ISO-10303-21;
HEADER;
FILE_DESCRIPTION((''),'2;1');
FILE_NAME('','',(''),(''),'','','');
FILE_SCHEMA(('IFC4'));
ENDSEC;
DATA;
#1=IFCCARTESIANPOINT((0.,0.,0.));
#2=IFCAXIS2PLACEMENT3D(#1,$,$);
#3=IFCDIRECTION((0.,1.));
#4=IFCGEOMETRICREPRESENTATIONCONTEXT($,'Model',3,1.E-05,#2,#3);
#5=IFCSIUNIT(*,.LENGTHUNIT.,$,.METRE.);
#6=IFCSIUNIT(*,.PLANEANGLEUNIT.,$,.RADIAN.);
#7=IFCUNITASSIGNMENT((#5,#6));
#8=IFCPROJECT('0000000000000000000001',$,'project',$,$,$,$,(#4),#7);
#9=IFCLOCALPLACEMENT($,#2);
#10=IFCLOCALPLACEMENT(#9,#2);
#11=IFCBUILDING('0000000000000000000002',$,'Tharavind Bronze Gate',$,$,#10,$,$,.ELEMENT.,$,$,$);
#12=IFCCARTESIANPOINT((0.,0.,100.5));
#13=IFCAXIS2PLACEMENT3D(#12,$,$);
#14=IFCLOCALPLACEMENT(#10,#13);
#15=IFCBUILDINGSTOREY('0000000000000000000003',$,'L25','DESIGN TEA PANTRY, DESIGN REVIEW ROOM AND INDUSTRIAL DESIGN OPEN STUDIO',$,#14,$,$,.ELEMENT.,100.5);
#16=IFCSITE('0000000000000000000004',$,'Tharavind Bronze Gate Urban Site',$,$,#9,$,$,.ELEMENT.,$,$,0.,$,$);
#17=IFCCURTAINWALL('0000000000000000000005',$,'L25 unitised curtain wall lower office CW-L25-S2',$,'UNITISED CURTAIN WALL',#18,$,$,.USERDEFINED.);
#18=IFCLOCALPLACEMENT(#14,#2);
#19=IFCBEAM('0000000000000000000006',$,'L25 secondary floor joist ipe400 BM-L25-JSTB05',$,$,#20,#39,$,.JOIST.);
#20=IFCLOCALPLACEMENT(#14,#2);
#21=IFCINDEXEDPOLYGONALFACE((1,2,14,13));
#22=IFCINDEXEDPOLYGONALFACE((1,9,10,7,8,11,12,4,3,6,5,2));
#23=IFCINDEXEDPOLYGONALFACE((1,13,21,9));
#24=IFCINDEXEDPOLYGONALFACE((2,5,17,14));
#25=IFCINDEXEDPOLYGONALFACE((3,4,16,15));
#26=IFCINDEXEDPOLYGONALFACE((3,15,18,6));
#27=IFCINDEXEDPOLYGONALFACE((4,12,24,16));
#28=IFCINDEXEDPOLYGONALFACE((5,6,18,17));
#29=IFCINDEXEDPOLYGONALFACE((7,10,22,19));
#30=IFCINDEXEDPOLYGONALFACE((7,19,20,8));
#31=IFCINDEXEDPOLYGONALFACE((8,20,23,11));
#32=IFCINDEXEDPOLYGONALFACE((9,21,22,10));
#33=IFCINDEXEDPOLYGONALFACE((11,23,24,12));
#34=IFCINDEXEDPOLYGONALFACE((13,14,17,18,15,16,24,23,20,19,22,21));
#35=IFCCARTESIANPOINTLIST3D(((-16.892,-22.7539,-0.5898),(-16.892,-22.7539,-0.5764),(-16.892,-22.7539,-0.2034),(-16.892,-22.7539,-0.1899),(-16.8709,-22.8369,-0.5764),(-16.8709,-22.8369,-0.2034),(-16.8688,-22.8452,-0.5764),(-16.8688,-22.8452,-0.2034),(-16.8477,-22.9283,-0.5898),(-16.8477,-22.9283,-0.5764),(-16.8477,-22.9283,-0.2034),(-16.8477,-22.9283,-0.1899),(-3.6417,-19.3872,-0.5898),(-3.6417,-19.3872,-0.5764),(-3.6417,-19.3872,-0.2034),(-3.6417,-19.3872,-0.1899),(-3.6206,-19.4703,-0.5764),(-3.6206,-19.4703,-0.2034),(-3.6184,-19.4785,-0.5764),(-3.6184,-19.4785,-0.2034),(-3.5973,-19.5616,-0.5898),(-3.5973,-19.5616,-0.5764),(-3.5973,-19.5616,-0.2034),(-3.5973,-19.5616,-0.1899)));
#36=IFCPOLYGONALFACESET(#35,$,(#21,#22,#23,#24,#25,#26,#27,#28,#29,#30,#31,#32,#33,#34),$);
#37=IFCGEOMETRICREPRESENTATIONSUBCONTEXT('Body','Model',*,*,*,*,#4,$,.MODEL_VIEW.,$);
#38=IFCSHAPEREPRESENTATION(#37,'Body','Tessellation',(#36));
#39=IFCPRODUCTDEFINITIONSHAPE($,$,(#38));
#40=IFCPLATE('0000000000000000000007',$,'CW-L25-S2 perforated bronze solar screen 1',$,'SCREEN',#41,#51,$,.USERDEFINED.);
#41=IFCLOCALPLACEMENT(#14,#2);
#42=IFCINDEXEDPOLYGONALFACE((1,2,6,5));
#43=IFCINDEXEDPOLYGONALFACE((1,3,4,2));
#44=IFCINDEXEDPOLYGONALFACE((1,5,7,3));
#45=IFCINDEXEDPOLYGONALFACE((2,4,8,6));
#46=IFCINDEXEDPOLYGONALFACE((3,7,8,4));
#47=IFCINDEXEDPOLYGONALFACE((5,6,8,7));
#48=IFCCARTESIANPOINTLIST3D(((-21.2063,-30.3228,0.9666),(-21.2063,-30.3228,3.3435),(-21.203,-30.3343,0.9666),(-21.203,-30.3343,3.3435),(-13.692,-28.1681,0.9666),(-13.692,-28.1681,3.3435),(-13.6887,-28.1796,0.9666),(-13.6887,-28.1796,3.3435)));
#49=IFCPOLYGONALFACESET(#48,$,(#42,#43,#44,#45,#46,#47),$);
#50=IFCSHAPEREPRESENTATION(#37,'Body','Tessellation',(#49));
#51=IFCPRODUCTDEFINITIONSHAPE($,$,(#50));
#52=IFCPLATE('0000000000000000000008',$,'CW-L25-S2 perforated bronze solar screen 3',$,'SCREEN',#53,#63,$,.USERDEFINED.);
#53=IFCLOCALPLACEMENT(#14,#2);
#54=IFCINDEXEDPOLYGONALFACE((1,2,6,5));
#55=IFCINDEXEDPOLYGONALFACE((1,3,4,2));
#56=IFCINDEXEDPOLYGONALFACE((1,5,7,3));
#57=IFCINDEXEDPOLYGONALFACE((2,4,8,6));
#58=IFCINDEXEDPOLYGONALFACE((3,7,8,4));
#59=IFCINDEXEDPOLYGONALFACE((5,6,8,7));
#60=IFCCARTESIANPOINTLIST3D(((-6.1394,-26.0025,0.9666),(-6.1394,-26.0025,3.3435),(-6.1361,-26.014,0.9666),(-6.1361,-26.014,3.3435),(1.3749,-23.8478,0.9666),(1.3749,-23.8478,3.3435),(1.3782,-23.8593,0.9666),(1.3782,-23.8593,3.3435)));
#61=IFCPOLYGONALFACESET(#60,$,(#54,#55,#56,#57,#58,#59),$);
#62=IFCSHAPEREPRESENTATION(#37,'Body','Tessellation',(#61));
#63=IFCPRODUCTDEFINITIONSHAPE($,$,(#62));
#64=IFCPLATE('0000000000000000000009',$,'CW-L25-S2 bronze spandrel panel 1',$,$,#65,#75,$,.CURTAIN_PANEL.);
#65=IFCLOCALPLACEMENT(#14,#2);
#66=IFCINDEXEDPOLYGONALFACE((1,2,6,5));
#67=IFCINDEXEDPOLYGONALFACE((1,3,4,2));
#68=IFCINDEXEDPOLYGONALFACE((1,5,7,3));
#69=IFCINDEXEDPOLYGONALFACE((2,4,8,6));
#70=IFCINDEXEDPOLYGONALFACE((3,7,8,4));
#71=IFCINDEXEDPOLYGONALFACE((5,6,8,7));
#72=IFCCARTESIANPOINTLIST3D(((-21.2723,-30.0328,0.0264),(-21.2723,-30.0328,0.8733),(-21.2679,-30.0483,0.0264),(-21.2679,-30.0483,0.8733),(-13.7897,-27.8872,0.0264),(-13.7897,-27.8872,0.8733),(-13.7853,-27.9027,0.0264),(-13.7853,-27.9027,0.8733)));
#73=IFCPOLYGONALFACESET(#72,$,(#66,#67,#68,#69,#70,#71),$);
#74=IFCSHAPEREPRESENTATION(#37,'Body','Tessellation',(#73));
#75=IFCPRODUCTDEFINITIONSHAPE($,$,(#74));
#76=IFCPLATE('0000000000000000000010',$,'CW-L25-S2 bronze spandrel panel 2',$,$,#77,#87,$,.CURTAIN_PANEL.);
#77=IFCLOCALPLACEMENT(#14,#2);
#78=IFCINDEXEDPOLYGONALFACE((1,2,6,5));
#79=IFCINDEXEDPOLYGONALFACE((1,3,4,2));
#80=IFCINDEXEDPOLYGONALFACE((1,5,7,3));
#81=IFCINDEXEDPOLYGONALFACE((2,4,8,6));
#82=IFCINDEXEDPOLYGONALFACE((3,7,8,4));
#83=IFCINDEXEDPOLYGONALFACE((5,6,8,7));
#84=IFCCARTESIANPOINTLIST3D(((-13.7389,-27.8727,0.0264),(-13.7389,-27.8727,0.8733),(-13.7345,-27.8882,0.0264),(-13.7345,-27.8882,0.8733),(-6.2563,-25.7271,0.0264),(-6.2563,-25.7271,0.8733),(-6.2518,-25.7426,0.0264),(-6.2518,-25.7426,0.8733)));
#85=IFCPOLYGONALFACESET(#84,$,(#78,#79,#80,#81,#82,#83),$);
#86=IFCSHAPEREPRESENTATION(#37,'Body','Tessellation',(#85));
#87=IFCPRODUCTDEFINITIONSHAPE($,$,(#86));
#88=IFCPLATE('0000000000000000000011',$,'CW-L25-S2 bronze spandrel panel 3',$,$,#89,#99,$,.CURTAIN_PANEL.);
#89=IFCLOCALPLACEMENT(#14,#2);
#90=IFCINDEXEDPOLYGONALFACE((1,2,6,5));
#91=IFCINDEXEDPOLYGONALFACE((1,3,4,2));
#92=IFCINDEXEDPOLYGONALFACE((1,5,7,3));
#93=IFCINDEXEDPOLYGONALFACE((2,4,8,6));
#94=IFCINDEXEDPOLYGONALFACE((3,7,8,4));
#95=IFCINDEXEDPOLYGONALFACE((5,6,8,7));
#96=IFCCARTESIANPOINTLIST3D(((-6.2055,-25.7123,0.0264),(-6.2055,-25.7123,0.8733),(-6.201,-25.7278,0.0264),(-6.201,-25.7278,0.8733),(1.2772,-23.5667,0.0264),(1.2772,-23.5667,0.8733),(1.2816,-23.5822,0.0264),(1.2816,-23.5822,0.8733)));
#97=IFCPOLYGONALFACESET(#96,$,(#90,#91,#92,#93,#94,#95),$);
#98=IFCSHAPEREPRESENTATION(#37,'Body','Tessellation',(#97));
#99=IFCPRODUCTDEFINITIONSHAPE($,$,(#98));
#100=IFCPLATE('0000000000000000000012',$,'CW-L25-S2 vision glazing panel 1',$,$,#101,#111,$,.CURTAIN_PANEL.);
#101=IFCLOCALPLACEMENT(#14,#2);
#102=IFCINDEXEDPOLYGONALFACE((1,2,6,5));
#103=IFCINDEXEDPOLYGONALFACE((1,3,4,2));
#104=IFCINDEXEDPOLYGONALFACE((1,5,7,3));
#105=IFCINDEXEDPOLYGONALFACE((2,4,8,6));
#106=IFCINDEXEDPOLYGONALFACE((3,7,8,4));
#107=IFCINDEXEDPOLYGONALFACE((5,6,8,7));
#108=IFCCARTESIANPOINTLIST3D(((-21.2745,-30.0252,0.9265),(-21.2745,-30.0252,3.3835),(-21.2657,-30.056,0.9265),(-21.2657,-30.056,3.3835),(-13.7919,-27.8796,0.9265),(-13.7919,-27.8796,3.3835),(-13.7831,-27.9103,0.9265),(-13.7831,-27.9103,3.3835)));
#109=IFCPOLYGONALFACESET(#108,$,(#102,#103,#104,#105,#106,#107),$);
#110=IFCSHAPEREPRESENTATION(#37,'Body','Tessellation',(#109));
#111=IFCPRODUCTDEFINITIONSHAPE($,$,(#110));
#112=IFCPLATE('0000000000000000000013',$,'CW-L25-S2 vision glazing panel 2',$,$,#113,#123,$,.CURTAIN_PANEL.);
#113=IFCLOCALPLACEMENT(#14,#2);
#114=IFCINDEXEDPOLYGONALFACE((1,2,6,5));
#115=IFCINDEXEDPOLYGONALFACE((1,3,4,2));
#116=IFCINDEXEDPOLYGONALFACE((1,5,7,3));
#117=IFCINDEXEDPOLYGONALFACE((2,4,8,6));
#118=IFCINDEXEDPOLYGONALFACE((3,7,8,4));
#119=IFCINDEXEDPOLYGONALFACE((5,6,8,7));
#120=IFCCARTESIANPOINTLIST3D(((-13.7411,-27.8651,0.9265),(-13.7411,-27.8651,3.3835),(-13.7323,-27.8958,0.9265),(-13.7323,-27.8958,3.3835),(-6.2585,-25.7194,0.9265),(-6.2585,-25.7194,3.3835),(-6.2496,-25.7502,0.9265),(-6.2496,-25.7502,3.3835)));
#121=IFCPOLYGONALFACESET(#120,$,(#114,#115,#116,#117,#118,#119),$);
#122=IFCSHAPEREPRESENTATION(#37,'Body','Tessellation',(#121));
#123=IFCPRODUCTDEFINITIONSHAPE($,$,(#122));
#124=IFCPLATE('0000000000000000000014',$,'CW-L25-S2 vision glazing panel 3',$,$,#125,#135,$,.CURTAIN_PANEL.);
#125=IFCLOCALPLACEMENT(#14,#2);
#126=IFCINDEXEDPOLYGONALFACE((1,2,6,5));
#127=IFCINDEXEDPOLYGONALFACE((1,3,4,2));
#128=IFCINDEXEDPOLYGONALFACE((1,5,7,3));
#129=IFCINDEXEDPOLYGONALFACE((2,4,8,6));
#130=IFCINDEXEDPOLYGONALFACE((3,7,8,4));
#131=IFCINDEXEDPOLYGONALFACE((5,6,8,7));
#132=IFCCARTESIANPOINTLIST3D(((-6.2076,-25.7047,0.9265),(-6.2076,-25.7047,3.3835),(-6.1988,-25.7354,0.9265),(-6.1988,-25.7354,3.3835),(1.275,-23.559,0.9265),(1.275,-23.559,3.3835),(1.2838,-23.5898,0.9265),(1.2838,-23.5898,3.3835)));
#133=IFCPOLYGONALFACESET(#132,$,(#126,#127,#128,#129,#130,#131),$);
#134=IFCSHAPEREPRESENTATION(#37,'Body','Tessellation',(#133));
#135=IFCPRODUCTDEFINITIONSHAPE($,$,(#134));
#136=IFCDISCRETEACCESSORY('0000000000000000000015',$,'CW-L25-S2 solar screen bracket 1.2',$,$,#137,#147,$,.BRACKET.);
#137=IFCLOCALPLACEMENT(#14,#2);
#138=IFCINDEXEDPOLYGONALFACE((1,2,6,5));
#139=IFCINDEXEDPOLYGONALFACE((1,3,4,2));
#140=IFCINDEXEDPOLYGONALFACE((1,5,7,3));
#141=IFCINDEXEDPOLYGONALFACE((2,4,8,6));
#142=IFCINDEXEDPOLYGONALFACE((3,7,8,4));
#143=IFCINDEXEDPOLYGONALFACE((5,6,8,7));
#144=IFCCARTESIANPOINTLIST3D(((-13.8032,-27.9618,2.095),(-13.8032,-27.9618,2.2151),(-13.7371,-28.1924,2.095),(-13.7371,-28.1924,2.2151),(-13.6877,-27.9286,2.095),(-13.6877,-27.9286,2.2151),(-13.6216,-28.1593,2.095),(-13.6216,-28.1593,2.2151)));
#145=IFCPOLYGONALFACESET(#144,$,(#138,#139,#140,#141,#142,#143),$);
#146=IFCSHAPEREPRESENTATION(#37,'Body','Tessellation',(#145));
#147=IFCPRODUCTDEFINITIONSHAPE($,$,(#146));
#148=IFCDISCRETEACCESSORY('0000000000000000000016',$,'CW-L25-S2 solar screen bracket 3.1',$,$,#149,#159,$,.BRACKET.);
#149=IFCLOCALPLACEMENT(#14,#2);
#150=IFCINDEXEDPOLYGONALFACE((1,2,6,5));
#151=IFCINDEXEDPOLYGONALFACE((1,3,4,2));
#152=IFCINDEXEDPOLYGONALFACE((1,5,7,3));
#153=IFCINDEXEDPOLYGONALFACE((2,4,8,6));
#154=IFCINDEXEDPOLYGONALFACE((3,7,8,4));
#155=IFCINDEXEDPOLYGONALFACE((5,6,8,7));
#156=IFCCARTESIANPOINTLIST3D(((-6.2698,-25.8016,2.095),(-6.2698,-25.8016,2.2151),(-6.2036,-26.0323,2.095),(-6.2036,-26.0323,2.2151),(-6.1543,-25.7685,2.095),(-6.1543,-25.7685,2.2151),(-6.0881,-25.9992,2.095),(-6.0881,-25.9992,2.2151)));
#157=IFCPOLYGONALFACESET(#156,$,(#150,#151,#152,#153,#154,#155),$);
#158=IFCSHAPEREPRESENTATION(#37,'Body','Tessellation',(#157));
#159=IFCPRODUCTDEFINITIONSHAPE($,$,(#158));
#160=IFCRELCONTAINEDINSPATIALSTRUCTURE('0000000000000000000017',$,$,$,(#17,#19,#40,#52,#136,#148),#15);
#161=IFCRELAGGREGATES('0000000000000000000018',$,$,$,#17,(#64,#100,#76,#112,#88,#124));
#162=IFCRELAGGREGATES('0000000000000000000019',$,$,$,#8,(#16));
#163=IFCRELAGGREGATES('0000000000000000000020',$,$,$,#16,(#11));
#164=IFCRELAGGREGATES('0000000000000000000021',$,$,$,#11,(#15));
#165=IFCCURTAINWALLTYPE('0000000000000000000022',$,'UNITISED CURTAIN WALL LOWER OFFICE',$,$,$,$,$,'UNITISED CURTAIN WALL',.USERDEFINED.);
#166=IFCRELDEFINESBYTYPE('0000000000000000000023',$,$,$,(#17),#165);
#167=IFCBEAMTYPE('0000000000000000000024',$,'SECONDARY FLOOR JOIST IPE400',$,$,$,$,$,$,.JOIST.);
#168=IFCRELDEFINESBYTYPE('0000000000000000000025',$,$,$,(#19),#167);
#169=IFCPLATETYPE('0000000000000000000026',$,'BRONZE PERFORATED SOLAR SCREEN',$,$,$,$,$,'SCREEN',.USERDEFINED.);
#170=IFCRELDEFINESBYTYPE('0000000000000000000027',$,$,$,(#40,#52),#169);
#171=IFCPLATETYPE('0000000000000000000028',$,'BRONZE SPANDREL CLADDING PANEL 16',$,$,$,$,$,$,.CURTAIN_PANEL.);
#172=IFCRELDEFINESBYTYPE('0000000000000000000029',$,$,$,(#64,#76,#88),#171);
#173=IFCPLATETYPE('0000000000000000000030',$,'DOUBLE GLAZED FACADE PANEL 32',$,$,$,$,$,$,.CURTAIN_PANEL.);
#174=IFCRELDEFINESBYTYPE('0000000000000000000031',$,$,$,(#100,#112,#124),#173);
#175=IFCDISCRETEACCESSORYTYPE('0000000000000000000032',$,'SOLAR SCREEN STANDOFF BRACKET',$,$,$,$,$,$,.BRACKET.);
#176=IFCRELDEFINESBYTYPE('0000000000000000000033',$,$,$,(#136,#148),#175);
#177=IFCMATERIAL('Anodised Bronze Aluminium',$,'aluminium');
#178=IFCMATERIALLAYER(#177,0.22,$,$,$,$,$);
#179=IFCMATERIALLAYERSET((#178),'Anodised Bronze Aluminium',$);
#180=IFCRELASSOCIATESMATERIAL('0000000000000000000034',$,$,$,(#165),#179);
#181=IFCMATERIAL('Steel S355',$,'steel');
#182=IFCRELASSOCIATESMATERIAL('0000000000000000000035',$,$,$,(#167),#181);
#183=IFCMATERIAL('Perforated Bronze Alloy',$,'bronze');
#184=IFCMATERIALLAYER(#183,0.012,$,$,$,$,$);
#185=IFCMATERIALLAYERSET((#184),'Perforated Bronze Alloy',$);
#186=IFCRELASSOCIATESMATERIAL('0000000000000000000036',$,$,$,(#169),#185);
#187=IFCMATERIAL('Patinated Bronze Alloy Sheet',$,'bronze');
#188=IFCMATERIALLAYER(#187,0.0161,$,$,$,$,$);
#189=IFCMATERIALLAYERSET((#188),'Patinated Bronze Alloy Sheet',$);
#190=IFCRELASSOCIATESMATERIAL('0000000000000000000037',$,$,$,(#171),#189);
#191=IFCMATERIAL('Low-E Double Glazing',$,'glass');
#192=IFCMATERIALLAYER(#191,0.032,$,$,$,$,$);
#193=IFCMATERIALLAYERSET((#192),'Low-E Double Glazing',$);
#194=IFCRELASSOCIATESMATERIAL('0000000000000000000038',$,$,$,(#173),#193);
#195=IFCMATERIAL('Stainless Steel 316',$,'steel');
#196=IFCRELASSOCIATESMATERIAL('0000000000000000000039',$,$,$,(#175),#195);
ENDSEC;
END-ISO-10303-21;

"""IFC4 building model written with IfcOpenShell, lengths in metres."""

from ifc_helpers import new_model, si_unit, direction, frame, origin, origin_2d, place, context, subcontext, project, spatial, rectangle, i_section, extrude, material, layer, layer_set, material_profile, profile_set, type_object, element, aggregate, save


model = new_model("IFC4")

# Units and contexts
model_context = context("Model", 3, precision=1e-05, world=origin(), true_north=direction((0.0, 1.0)))
body_context = subcontext(model_context, "Body", "Model", "MODEL_VIEW")
ifc_project = project(units=[si_unit("LENGTHUNIT", "METRE"), si_unit("PLANEANGLEUNIT", "RADIAN")], contexts=[model_context])

# Site, building, storey
site_placement = place(None, origin())
site = spatial("IfcSite", under=ifc_project, at=site_placement, Name="Tharavind Bronze Gate Urban Site", CompositionType="ELEMENT", RefElevation=0.0)
building_placement = place(site_placement, origin())
building = spatial("IfcBuilding", under=site, at=building_placement, Name="Tharavind Bronze Gate", CompositionType="ELEMENT")
storey_placement = place(building_placement, frame((0.0, 0.0, 100.5)))
storey = spatial("IfcBuildingStorey", under=building, at=storey_placement, Name="L25", Description="DESIGN TEA PANTRY, DESIGN REVIEW ROOM AND INDUSTRIAL DESIGN OPEN STUDIO", CompositionType="ELEMENT", Elevation=100.5)

# Curtain wall
ifc_material_1 = material(Name="Anodised Bronze Aluminium", Category="aluminium")
ifc_layer_1 = layer(ifc_material_1, 0.22)
ifc_layer_set_1 = layer_set([ifc_layer_1], Name="Anodised Bronze Aluminium")
curtain_wall_type = type_object("IfcCurtainWallType", Name="UNITISED CURTAIN WALL LOWER OFFICE", ElementType="UNITISED CURTAIN WALL", PredefinedType="USERDEFINED", material=ifc_layer_set_1)
curtain_wall_placement = place(storey_placement, origin())
curtain_wall = element("IfcCurtainWall", 1, at=curtain_wall_placement, inside=storey, type_object=curtain_wall_type, Name="L25 unitised curtain wall lower office CW-L25-S2", ObjectType="UNITISED CURTAIN WALL", PredefinedType="USERDEFINED")

# Beam
ifc_material_2 = material(Name="Steel S355", Category="steel")
ifc_material_profile_1 = material_profile(ifc_material_2, i_section(OverallWidth=0.1799, OverallDepth=0.3999, WebThickness=0.0085, FlangeThickness=0.0134, at=origin_2d()), Name="IPE400")
ifc_profile_set_1 = profile_set([ifc_material_profile_1], Name="Steel S355")
beam_type_1 = type_object("IfcBeamType", Name="SECONDARY FLOOR JOIST IPE400", PredefinedType="JOIST", material=ifc_profile_set_1)
beam_1_placement = place(storey_placement, frame((-16.8699, -22.8411, -0.3899), z_axis=(0.969205, 0.246257, 0.0), x_axis=(-0.246257, 0.969205, 0.0)))
element("IfcBeam", 2, at=beam_1_placement, inside=storey, type_object=beam_type_1, Name="L25 secondary floor joist ipe400 BM-L25-JSTB05", PredefinedType="JOIST", context=body_context, shape_type="SweptSolid", body=[
    extrude(i_section(OverallWidth=0.1799, OverallDepth=0.3999, WebThickness=0.0085, FlangeThickness=0.0134, at=origin_2d()), origin(), (0.0, 0.0, 1.0), 13.6714),
])

# Plates
ifc_material_3 = material(Name="Perforated Bronze Alloy", Category="bronze")
ifc_layer_2 = layer(ifc_material_3, 0.012)
ifc_layer_set_2 = layer_set([ifc_layer_2], Name="Perforated Bronze Alloy")
plate_type_1 = type_object("IfcPlateType", Name="BRONZE PERFORATED SOLAR SCREEN", ElementType="SCREEN", PredefinedType="USERDEFINED", material=ifc_layer_set_2)
for number, where, z_axis, x_axis, name in (
    (3, (-17.4475, -29.2512, 0.9666), (0.0, 0.0, 1.0), (0.961262, 0.275637, 0.0), "CW-L25-S2 perforated bronze solar screen 1"),
    (4, (-2.3806, -24.9309, 0.9666), (0.0, 0.0, 1.0), (0.961262, 0.275637, 0.0), "CW-L25-S2 perforated bronze solar screen 3"),
):
    element("IfcPlate", number, at=place(storey_placement, frame(where, z_axis=z_axis, x_axis=x_axis)), inside=storey, type_object=plate_type_1, Name=name, ObjectType="SCREEN", PredefinedType="USERDEFINED", context=body_context, shape_type="SweptSolid", body=[
        extrude(rectangle(XDim=7.8171, YDim=0.012, at=origin_2d()), origin(), (0.0, 0.0, 1.0), 2.377),
    ])

# Plates
ifc_material_4 = material(Name="Patinated Bronze Alloy Sheet", Category="bronze")
ifc_layer_3 = layer(ifc_material_4, 0.0161)
ifc_layer_set_3 = layer_set([ifc_layer_3], Name="Patinated Bronze Alloy Sheet")
plate_type_2 = type_object("IfcPlateType", Name="BRONZE SPANDREL CLADDING PANEL 16", PredefinedType="CURTAIN_PANEL", material=ifc_layer_set_3)
plate_1_placement = place(storey_placement, frame((-17.5288, -28.9678, 0.0264), z_axis=(0.0, 0.0, 1.0), x_axis=(0.961262, 0.275637, 0.0)))
plate_1 = element("IfcPlate", 5, at=plate_1_placement, type_object=plate_type_2, Name="CW-L25-S2 bronze spandrel panel 1", PredefinedType="CURTAIN_PANEL", context=body_context, shape_type="SweptSolid", body=[
    extrude(rectangle(XDim=7.7842, YDim=0.0161, at=origin_2d()), origin(), (0.0, 0.0, 1.0), 0.8469),
])
plate_2_placement = place(storey_placement, frame((-9.9954, -26.8076, 0.0264), z_axis=(0.0, 0.0, 1.0), x_axis=(0.961262, 0.275637, 0.0)))
plate_2 = element("IfcPlate", 6, at=plate_2_placement, type_object=plate_type_2, Name="CW-L25-S2 bronze spandrel panel 2", PredefinedType="CURTAIN_PANEL", context=body_context, shape_type="SweptSolid", body=[
    extrude(rectangle(XDim=7.7842, YDim=0.0161, at=origin_2d()), origin(), (0.0, 0.0, 1.0), 0.8469),
])
plate_3_placement = place(storey_placement, frame((-2.4619, -24.6472, 0.0264), z_axis=(0.0, 0.0, 1.0), x_axis=(0.961262, 0.275637, 0.0)))
plate_3 = element("IfcPlate", 7, at=plate_3_placement, type_object=plate_type_2, Name="CW-L25-S2 bronze spandrel panel 3", PredefinedType="CURTAIN_PANEL", context=body_context, shape_type="SweptSolid", body=[
    extrude(rectangle(XDim=7.7842, YDim=0.0161, at=origin_2d()), origin(), (0.0, 0.0, 1.0), 0.8469),
])
ifc_material_5 = material(Name="Low-E Double Glazing", Category="glass")
ifc_layer_4 = layer(ifc_material_5, 0.032)
ifc_layer_set_4 = layer_set([ifc_layer_4], Name="Low-E Double Glazing")
plate_type_3 = type_object("IfcPlateType", Name="DOUBLE GLAZED FACADE PANEL 32", PredefinedType="CURTAIN_PANEL", material=ifc_layer_set_4)
plate_4_placement = place(storey_placement, frame((-17.5288, -28.9678, 0.9265), z_axis=(0.0, 0.0, 1.0), x_axis=(0.961262, 0.275637, 0.0)))
plate_4 = element("IfcPlate", 8, at=plate_4_placement, type_object=plate_type_3, Name="CW-L25-S2 vision glazing panel 1", PredefinedType="CURTAIN_PANEL", context=body_context, shape_type="SweptSolid", body=[
    extrude(rectangle(XDim=7.7842, YDim=0.032, at=origin_2d()), origin(), (0.0, 0.0, 1.0), 2.457),
])
plate_5_placement = place(storey_placement, frame((-9.9954, -26.8076, 0.9265), z_axis=(0.0, 0.0, 1.0), x_axis=(0.961262, 0.275637, 0.0)))
plate_5 = element("IfcPlate", 9, at=plate_5_placement, type_object=plate_type_3, Name="CW-L25-S2 vision glazing panel 2", PredefinedType="CURTAIN_PANEL", context=body_context, shape_type="SweptSolid", body=[
    extrude(rectangle(XDim=7.7842, YDim=0.032, at=origin_2d()), origin(), (0.0, 0.0, 1.0), 2.457),
])
plate_6_placement = place(storey_placement, frame((-2.4619, -24.6472, 0.9265), z_axis=(0.0, 0.0, 1.0), x_axis=(0.961262, 0.275637, 0.0)))
plate_6 = element("IfcPlate", 10, at=plate_6_placement, type_object=plate_type_3, Name="CW-L25-S2 vision glazing panel 3", PredefinedType="CURTAIN_PANEL", context=body_context, shape_type="SweptSolid", body=[
    extrude(rectangle(XDim=7.7842, YDim=0.032, at=origin_2d()), origin(), (0.0, 0.0, 1.0), 2.457),
])
aggregate(curtain_wall, [plate_1, plate_4, plate_2, plate_5, plate_3, plate_6])

# Discrete accessories
ifc_material_6 = material(Name="Stainless Steel 316", Category="steel")
discrete_accessory_type = type_object("IfcDiscreteAccessoryType", Name="SOLAR SCREEN STANDOFF BRACKET", PredefinedType="BRACKET", material=ifc_material_6)
for number, where, z_axis, x_axis, name in (
    (11, (-13.7124, -28.0605, 2.095), (0.0, 0.0, 1.0), (0.961262, 0.275637, 0.0), "CW-L25-S2 solar screen bracket 1.2"),
    (12, (-6.179, -25.9004, 2.095), (0.0, 0.0, 1.0), (0.961262, 0.275637, 0.0), "CW-L25-S2 solar screen bracket 3.1"),
):
    element("IfcDiscreteAccessory", number, at=place(storey_placement, frame(where, z_axis=z_axis, x_axis=x_axis)), inside=storey, type_object=discrete_accessory_type, Name=name, PredefinedType="BRACKET", context=body_context, shape_type="SweptSolid", body=[
        extrude(rectangle(XDim=0.1201, YDim=0.24, at=origin_2d()), origin(), (0.0, 0.0, 1.0), 0.1201),
    ])

save(model, "model.ifc")
